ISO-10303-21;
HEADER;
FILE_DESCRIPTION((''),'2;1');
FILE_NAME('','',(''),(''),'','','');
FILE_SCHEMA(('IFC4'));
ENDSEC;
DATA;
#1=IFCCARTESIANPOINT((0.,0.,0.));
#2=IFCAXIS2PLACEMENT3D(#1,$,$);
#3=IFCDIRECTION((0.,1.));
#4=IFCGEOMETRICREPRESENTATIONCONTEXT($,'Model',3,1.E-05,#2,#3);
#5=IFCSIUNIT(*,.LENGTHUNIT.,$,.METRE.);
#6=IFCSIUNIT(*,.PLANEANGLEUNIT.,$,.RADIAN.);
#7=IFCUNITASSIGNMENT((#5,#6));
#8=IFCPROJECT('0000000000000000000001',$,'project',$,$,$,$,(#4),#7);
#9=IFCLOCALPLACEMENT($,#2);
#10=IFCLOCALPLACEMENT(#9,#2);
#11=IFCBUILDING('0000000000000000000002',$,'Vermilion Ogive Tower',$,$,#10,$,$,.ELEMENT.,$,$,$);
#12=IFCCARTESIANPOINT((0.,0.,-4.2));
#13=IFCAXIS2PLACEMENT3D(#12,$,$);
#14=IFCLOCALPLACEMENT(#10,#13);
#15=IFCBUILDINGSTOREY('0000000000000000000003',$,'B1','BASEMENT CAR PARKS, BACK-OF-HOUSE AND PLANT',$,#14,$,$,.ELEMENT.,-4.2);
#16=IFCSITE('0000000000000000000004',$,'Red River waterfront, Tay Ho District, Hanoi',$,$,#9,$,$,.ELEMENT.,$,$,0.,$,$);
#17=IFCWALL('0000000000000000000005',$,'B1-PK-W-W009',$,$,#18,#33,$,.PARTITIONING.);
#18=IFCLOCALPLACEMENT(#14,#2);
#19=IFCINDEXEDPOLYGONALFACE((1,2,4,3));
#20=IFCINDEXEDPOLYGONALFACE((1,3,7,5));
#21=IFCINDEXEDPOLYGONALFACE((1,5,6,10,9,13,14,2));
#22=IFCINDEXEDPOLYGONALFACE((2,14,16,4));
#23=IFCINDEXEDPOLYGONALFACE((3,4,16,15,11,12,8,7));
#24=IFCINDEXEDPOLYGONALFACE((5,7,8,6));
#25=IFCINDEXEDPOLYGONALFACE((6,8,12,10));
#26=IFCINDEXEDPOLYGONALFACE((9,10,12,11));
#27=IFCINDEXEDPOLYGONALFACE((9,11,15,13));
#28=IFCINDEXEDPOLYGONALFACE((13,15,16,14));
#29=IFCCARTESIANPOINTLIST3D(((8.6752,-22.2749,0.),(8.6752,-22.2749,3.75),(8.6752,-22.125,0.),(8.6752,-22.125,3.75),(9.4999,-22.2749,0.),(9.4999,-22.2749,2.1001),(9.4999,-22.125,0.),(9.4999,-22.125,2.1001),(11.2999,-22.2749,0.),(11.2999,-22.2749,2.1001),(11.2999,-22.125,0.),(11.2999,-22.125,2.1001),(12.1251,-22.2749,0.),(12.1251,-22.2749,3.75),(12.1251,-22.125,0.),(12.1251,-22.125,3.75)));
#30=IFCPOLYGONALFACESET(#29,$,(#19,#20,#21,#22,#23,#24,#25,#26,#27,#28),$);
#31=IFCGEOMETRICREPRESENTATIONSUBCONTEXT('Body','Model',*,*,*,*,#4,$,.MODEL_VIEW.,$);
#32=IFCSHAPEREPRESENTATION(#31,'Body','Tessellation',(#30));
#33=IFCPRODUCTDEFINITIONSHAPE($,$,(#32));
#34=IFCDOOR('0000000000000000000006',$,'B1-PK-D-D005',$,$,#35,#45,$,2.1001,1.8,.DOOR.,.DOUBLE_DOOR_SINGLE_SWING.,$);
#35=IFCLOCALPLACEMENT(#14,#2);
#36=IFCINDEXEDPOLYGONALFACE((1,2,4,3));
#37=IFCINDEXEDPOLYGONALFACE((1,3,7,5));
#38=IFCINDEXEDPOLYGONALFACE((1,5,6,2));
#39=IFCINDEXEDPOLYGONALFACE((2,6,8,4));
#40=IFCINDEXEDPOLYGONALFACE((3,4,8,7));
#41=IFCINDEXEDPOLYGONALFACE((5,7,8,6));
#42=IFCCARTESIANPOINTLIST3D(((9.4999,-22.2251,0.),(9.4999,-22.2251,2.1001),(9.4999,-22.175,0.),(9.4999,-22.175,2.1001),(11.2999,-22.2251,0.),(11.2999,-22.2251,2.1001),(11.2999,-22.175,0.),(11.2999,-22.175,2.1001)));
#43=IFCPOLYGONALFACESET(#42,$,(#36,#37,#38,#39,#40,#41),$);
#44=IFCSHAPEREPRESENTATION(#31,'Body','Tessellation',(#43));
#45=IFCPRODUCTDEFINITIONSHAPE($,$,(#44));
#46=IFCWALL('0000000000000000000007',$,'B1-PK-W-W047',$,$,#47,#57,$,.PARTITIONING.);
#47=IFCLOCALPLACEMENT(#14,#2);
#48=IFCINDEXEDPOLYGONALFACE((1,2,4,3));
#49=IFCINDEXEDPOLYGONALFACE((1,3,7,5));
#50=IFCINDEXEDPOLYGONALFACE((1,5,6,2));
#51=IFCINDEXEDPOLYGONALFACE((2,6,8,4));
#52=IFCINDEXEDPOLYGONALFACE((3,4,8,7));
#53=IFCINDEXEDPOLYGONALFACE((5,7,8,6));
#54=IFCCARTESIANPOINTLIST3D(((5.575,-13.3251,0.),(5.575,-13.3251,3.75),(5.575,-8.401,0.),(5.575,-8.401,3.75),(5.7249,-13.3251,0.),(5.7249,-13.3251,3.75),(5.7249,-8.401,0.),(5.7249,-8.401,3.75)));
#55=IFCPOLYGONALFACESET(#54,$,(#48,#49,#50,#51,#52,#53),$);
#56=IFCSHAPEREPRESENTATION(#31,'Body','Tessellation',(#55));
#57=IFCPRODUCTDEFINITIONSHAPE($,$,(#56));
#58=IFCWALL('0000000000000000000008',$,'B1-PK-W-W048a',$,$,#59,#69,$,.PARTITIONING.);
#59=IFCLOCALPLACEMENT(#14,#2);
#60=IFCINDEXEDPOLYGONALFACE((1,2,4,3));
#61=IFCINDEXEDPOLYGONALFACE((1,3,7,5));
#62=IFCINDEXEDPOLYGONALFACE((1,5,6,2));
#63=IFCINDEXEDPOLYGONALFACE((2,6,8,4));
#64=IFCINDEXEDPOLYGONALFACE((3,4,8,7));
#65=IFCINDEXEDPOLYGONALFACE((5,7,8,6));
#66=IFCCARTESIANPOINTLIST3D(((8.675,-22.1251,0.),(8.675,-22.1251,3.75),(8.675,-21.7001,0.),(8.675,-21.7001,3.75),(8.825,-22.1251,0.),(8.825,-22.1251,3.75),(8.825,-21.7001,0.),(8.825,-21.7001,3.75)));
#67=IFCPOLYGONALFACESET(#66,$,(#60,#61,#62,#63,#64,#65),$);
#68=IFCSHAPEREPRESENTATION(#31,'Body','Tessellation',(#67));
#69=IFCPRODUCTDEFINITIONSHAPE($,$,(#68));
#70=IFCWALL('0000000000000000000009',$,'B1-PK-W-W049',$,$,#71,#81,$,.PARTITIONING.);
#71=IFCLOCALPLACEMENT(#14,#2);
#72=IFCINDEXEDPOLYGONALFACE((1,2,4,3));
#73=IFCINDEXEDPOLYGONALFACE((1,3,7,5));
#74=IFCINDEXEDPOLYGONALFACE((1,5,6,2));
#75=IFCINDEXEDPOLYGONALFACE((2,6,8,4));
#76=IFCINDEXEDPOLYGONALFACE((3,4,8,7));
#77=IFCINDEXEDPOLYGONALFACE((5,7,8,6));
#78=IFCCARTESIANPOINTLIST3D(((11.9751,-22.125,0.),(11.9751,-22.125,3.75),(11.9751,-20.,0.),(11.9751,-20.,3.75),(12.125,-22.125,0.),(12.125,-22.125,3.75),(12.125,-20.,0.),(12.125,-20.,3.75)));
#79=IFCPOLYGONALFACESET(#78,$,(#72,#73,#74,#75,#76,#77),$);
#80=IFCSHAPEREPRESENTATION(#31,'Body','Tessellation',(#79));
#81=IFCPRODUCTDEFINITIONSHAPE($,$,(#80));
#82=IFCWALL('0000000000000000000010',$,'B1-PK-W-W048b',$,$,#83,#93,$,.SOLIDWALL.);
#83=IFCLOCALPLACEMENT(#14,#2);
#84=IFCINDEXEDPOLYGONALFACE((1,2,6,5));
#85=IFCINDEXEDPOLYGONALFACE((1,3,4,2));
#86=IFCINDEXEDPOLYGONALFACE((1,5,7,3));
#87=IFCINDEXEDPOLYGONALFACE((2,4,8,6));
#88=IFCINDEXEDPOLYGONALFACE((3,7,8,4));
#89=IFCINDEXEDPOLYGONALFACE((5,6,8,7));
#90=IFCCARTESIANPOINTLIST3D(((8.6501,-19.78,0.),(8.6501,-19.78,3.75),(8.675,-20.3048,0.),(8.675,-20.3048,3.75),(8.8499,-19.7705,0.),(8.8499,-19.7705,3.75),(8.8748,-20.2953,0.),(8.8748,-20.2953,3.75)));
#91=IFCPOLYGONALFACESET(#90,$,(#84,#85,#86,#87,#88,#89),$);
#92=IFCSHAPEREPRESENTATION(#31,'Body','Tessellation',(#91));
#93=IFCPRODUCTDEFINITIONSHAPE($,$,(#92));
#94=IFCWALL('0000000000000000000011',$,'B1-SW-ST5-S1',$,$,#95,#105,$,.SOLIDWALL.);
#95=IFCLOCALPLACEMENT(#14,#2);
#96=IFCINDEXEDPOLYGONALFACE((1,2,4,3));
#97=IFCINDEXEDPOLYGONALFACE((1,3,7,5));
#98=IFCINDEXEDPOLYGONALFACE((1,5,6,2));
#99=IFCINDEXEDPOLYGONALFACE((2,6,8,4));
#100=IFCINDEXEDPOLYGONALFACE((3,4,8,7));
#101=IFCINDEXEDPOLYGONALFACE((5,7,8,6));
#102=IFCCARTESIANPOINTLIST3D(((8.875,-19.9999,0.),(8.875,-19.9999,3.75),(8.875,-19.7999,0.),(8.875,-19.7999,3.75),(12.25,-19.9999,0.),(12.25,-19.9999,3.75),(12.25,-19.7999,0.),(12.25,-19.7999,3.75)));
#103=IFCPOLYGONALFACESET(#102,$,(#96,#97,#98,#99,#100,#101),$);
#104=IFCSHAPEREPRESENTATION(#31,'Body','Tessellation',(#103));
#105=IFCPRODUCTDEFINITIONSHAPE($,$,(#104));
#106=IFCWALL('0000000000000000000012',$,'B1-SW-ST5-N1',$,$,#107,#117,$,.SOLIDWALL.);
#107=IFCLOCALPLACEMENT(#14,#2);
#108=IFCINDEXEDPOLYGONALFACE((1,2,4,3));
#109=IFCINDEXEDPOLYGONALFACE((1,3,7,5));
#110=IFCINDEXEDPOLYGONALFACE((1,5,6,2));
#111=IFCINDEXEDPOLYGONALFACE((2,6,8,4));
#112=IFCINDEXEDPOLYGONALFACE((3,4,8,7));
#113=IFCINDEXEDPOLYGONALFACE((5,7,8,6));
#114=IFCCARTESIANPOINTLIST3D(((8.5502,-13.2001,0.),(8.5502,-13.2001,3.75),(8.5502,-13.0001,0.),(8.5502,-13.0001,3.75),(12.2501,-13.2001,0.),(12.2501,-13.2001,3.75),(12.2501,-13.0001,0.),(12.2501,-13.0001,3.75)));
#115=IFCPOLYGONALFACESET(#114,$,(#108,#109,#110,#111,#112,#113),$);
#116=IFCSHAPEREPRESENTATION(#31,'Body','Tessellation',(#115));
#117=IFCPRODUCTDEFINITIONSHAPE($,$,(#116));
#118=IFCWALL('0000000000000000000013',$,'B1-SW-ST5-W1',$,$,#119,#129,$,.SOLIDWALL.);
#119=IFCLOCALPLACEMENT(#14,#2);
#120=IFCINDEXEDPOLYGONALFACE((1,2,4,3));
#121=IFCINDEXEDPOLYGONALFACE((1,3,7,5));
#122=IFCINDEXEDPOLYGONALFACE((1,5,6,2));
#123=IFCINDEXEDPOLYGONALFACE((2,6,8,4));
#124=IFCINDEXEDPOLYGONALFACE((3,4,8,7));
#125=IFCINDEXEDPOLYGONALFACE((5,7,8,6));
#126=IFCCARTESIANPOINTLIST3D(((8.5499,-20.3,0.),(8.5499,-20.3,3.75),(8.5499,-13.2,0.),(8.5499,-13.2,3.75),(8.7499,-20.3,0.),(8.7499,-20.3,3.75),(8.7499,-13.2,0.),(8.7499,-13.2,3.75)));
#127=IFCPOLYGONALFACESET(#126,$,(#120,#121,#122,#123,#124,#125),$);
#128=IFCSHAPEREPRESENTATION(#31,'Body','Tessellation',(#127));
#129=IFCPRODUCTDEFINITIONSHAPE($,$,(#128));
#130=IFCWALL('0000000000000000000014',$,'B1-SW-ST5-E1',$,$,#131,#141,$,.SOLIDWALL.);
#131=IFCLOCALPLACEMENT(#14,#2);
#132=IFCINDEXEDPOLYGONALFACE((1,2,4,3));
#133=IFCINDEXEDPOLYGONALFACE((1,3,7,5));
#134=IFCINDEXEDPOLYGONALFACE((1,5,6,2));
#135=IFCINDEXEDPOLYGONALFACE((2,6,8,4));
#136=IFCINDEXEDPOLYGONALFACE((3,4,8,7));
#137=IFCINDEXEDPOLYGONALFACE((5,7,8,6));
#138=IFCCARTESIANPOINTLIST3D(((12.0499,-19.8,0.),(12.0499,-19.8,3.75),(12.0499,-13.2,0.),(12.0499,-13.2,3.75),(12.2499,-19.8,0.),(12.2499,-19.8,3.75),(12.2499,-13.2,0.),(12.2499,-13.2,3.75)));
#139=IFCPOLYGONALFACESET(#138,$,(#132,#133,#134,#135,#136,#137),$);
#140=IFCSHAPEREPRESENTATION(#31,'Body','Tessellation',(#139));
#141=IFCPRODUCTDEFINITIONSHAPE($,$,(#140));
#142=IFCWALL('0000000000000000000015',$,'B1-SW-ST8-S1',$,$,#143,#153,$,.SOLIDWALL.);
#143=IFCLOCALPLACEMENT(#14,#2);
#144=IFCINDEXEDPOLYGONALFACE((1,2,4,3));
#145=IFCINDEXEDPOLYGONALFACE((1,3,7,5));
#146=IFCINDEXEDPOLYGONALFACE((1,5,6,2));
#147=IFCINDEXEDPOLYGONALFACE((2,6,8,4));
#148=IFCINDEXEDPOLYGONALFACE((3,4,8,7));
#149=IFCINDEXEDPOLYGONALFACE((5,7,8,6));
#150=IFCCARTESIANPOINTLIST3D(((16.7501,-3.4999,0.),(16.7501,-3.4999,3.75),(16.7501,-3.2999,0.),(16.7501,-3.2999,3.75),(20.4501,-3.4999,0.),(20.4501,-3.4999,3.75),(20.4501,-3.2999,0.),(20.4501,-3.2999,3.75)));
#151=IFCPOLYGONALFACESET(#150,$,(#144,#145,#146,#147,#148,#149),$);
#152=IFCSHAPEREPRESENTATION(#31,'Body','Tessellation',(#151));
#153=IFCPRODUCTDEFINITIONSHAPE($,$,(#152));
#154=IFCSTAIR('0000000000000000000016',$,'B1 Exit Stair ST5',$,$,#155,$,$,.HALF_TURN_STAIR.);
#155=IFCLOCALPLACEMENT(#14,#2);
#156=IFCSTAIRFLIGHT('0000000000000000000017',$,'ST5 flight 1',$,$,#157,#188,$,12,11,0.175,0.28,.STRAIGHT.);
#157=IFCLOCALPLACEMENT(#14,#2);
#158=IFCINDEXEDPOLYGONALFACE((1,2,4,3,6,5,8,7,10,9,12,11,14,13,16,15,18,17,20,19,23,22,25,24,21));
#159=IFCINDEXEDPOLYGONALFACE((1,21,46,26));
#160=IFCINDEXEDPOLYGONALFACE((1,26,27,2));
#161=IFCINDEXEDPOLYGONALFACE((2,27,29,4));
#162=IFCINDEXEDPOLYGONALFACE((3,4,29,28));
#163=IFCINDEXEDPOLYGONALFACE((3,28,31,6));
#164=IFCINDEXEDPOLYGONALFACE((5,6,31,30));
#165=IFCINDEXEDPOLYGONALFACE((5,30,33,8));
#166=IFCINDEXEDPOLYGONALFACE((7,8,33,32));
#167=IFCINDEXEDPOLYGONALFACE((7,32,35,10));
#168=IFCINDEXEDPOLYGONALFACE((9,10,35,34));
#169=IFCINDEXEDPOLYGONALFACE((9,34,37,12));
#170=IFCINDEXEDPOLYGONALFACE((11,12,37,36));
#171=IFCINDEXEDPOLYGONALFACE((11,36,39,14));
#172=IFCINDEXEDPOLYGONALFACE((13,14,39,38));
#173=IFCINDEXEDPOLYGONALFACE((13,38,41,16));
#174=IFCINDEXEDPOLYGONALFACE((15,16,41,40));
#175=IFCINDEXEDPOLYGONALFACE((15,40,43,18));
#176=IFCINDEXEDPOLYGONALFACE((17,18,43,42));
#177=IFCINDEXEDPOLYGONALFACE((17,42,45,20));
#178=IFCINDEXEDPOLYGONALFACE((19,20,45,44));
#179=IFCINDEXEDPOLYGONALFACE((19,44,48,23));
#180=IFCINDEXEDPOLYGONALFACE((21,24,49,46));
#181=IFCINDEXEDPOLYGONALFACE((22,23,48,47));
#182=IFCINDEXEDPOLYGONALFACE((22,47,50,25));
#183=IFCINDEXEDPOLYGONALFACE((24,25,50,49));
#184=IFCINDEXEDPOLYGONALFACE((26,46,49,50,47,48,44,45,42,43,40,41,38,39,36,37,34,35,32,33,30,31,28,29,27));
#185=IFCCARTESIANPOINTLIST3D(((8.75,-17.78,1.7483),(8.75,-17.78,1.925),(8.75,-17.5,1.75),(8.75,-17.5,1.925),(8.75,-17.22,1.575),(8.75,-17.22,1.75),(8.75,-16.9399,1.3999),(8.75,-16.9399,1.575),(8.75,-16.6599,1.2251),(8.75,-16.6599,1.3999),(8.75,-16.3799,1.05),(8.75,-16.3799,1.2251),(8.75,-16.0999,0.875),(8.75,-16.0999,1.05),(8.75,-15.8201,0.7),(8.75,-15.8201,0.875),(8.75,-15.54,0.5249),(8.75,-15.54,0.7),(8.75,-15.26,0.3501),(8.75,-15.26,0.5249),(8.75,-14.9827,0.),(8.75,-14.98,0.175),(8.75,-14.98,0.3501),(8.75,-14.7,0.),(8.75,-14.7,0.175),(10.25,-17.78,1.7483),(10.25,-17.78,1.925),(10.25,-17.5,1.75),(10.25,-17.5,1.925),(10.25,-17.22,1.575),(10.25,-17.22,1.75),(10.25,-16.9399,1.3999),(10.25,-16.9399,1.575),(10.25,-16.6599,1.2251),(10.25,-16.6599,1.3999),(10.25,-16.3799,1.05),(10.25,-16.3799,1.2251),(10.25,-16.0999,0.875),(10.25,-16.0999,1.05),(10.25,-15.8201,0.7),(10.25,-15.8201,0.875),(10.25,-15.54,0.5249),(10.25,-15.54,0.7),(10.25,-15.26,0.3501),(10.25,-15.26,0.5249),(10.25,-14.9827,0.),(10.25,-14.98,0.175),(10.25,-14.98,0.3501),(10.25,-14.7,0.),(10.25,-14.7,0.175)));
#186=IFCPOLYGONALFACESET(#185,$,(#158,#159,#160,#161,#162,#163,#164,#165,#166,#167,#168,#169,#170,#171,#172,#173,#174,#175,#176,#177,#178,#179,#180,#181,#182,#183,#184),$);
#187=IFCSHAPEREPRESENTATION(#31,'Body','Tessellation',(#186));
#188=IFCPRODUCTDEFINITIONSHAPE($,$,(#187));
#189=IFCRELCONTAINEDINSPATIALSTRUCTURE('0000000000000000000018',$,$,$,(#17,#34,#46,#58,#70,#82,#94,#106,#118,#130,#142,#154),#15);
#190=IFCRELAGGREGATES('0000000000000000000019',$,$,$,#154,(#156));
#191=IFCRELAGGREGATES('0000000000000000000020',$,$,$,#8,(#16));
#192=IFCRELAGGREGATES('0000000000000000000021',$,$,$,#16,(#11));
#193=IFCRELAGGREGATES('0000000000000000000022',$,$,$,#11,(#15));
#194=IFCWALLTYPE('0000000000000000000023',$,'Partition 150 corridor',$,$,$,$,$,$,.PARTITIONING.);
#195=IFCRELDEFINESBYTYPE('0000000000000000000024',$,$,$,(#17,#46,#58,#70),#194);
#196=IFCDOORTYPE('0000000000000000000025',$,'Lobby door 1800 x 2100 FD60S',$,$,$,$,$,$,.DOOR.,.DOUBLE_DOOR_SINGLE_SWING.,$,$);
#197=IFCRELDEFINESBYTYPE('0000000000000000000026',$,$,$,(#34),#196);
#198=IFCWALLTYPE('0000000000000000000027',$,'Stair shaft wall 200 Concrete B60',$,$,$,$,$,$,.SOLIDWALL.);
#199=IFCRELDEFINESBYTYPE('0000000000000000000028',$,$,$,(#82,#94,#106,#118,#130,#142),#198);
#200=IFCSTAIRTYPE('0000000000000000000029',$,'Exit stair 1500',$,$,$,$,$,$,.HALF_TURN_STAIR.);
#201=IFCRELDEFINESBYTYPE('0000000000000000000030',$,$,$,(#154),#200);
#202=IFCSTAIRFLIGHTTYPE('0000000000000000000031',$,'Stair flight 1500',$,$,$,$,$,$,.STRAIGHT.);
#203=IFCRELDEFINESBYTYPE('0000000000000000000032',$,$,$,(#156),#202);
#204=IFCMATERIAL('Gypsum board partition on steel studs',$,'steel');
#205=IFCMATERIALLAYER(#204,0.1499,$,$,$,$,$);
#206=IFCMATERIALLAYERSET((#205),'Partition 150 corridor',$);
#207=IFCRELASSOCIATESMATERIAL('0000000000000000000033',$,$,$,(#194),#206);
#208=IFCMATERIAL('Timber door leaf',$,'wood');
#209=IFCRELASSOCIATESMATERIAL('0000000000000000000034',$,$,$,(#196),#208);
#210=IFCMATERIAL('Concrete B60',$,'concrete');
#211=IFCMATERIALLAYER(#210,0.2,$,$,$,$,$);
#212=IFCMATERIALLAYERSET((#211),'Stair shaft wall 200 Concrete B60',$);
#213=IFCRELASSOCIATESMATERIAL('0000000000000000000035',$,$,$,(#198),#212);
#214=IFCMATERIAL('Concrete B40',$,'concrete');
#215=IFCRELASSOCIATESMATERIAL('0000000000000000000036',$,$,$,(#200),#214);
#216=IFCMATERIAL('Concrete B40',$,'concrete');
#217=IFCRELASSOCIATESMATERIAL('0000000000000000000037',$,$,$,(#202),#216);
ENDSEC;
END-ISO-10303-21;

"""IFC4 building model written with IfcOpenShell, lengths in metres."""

from ifc_helpers import new_model, si_unit, direction, frame, frame_2d, origin, place, context, subcontext, project, spatial, polyline, rectangle, outline, extrude, material, layer, layer_set, type_object, element, fill, aggregate, save


model = new_model("IFC4")

# Units and contexts
model_context = context("Model", 3, precision=1e-05, world=origin(), true_north=direction((0.0, 1.0)))
body_context = subcontext(model_context, "Body", "Model", "MODEL_VIEW")
ifc_project = project(units=[si_unit("LENGTHUNIT", "METRE"), si_unit("PLANEANGLEUNIT", "RADIAN")], contexts=[model_context])

# Site, building, storey
site_placement = place(None, origin())
site = spatial("IfcSite", under=ifc_project, at=site_placement, Name="Red River waterfront, Tay Ho District, Hanoi", CompositionType="ELEMENT", RefElevation=0.0)
building_placement = place(site_placement, origin())
building = spatial("IfcBuilding", under=site, at=building_placement, Name="Vermilion Ogive Tower", CompositionType="ELEMENT")
storey_placement = place(building_placement, frame((0.0, 0.0, -4.2)))
storey = spatial("IfcBuildingStorey", under=building, at=storey_placement, Name="B1", Description="BASEMENT CAR PARKS, BACK-OF-HOUSE AND PLANT", CompositionType="ELEMENT", Elevation=-4.2)

# Wall, opening, door
ifc_material_1 = material(Name="Gypsum board partition on steel studs", Category="steel")
ifc_layer_1 = layer(ifc_material_1, 0.1499)
ifc_layer_set_1 = layer_set([ifc_layer_1], Name="Partition 150 corridor")
wall_type_1 = type_object("IfcWallType", Name="Partition 150 corridor", PredefinedType="PARTITIONING", material=ifc_layer_set_1)
wall_1_placement = place(storey_placement, frame((8.675, -22.2, 0.0), z_axis=(0.0, 0.0, 1.0), x_axis=(1.0, 0.0, 0.0)))
wall_1 = element("IfcWall", 1, at=wall_1_placement, inside=storey, type_object=wall_type_1, Name="B1-PK-W-W009", PredefinedType="PARTITIONING", context=body_context, shape_type="SweptSolid", body=[
    extrude(rectangle(XDim=3.45, YDim=0.1499, at=frame_2d((1.7251, 0.0))), origin(), (0.0, 0.0, 1.0), 3.75),
])
opening_1_placement = place(wall_1_placement, frame((0.825, 0.0, 0.0)))
opening_1 = element("IfcOpeningElement", 2, at=opening_1_placement, cuts=wall_1, PredefinedType="OPENING", context=body_context, shape_type="SweptSolid", body=[
    extrude(rectangle(XDim=1.8, YDim=2.1001, at=frame_2d((0.8999, 1.05))), frame((0.0, 0.085, 0.0), z_axis=(0.0, -1.0, 0.0), x_axis=(1.0, 0.0, 0.0)), (0.0, 0.0, 1.0), 0.1699),
])
ifc_material_2 = material(Name="Timber door leaf", Category="wood")
door_type_1 = type_object("IfcDoorType", Name="Lobby door 1800 x 2100 FD60S", OperationType="DOUBLE_DOOR_SINGLE_SWING", PredefinedType="DOOR", material=ifc_material_2)
door_1_placement = place(opening_1_placement, origin())
door_1 = element("IfcDoor", 3, at=door_1_placement, inside=storey, type_object=door_type_1, Name="B1-PK-D-D005", OperationType="DOUBLE_DOOR_SINGLE_SWING", OverallHeight=2.1001, OverallWidth=1.8, PredefinedType="DOOR", context=body_context, shape_type="SweptSolid", body=[
    extrude(rectangle(XDim=1.8, YDim=2.1001, at=frame_2d((0.8999, 1.05))), frame((0.0, 0.0249, 0.0), z_axis=(0.0, -1.0, 0.0), x_axis=(1.0, 0.0, 0.0)), (0.0, 0.0, 1.0), 0.05),
])
fill(opening_1, door_1)

# Walls
wall_2_placement = place(storey_placement, frame((5.6499, -13.325, 0.0), z_axis=(0.0, 0.0, 1.0), x_axis=(0.0, 1.0, 0.0)))
element("IfcWall", 4, at=wall_2_placement, inside=storey, type_object=wall_type_1, Name="B1-PK-W-W047", PredefinedType="PARTITIONING", context=body_context, shape_type="SweptSolid", body=[
    extrude(rectangle(XDim=4.9241, YDim=0.1499, at=frame_2d((2.4619, 0.0))), origin(), (0.0, 0.0, 1.0), 3.75),
])
wall_3_placement = place(storey_placement, frame((8.75, -22.125, 0.0), z_axis=(0.0, 0.0, 1.0), x_axis=(0.0, 1.0, 0.0)))
element("IfcWall", 5, at=wall_3_placement, inside=storey, type_object=wall_type_1, Name="B1-PK-W-W048a", PredefinedType="PARTITIONING", context=body_context, shape_type="SweptSolid", body=[
    extrude(rectangle(XDim=0.425, YDim=0.1499, at=frame_2d((0.2124, 0.0))), origin(), (0.0, 0.0, 1.0), 3.75),
])
wall_4_placement = place(storey_placement, frame((12.05, -22.125, 0.0), z_axis=(0.0, 0.0, 1.0), x_axis=(0.0, 1.0, 0.0)))
element("IfcWall", 6, at=wall_4_placement, inside=storey, type_object=wall_type_1, Name="B1-PK-W-W049", PredefinedType="PARTITIONING", context=body_context, shape_type="SweptSolid", body=[
    extrude(rectangle(XDim=2.125, YDim=0.1499, at=frame_2d((1.0625, 0.0))), origin(), (0.0, 0.0, 1.0), 3.75),
])
ifc_material_3 = material(Name="Concrete B60", Category="concrete")
ifc_layer_2 = layer(ifc_material_3, 0.2)
ifc_layer_set_2 = layer_set([ifc_layer_2], Name="Stair shaft wall 200 Concrete B60")
wall_type_2 = type_object("IfcWallType", Name="Stair shaft wall 200 Concrete B60", PredefinedType="SOLIDWALL", material=ifc_layer_set_2)
wall_5_placement = place(storey_placement, frame((8.7749, -20.3, 0.0), z_axis=(0.0, 0.0, 1.0), x_axis=(-0.047389, 0.998877, 0.0)))
element("IfcWall", 7, at=wall_5_placement, inside=storey, type_object=wall_type_2, Name="B1-PK-W-W048b", PredefinedType="SOLIDWALL", context=body_context, shape_type="SweptSolid", body=[
    extrude(rectangle(XDim=0.5254, YDim=0.2, at=frame_2d((0.2627, 0.0))), origin(), (0.0, 0.0, 1.0), 3.75),
])
wall_6_placement = place(storey_placement, frame((8.875, -19.8999, 0.0), z_axis=(0.0, 0.0, 1.0), x_axis=(1.0, 0.0, 0.0)))
element("IfcWall", 8, at=wall_6_placement, inside=storey, type_object=wall_type_2, Name="B1-SW-ST5-S1", PredefinedType="SOLIDWALL", context=body_context, shape_type="SweptSolid", body=[
    extrude(rectangle(XDim=3.375, YDim=0.2, at=frame_2d((1.6875, 0.0))), origin(), (0.0, 0.0, 1.0), 3.75),
])
wall_7_placement = place(storey_placement, frame((8.55, -13.1001, 0.0), z_axis=(0.0, 0.0, 1.0), x_axis=(1.0, 0.0, 0.0)))
element("IfcWall", 9, at=wall_7_placement, inside=storey, type_object=wall_type_2, Name="B1-SW-ST5-N1", PredefinedType="SOLIDWALL", context=body_context, shape_type="SweptSolid", body=[
    extrude(rectangle(XDim=3.7, YDim=0.2, at=frame_2d((1.8501, 0.0))), origin(), (0.0, 0.0, 1.0), 3.75),
])
wall_8_placement = place(storey_placement, frame((8.6499, -20.3, 0.0), z_axis=(0.0, 0.0, 1.0), x_axis=(0.0, 1.0, 0.0)))
element("IfcWall", 10, at=wall_8_placement, inside=storey, type_object=wall_type_2, Name="B1-SW-ST5-W1", PredefinedType="SOLIDWALL", context=body_context, shape_type="SweptSolid", body=[
    extrude(rectangle(XDim=7.1001, YDim=0.2, at=frame_2d((3.55, 0.0))), origin(), (0.0, 0.0, 1.0), 3.75),
])
wall_9_placement = place(storey_placement, frame((12.1499, -19.8, 0.0), z_axis=(0.0, 0.0, 1.0), x_axis=(0.0, 1.0, 0.0)))
element("IfcWall", 11, at=wall_9_placement, inside=storey, type_object=wall_type_2, Name="B1-SW-ST5-E1", PredefinedType="SOLIDWALL", context=body_context, shape_type="SweptSolid", body=[
    extrude(rectangle(XDim=6.6001, YDim=0.2, at=frame_2d((3.3, 0.0))), origin(), (0.0, 0.0, 1.0), 3.75),
])
wall_10_placement = place(storey_placement, frame((16.75, -3.3999, 0.0), z_axis=(0.0, 0.0, 1.0), x_axis=(1.0, 0.0, 0.0)))
element("IfcWall", 12, at=wall_10_placement, inside=storey, type_object=wall_type_2, Name="B1-SW-ST8-S1", PredefinedType="SOLIDWALL", context=body_context, shape_type="SweptSolid", body=[
    extrude(rectangle(XDim=3.7, YDim=0.2, at=frame_2d((1.8501, 0.0))), origin(), (0.0, 0.0, 1.0), 3.75),
])

# Stair, stair flight
ifc_material_4 = material(Name="Concrete B40", Category="concrete")
stair_type = type_object("IfcStairType", Name="Exit stair 1500", PredefinedType="HALF_TURN_STAIR", material=ifc_material_4)
stair_placement = place(storey_placement, origin())
stair = element("IfcStair", 13, at=stair_placement, inside=storey, type_object=stair_type, Name="B1 Exit Stair ST5", PredefinedType="HALF_TURN_STAIR")
ifc_material_5 = material(Name="Concrete B40", Category="concrete")
stair_flight_type = type_object("IfcStairFlightType", Name="Stair flight 1500", PredefinedType="STRAIGHT", material=ifc_material_5)
stair_flight_1_placement = place(storey_placement, frame((9.5, -14.7, 0.0), z_axis=(0.0, 0.0, 1.0), x_axis=(0.0, -1.0, 0.0)))
stair_flight_1 = element("IfcStairFlight", 14, at=stair_flight_1_placement, type_object=stair_flight_type, Name="ST5 flight 1", NumberOfRisers=12, NumberOfTreads=11, PredefinedType="STRAIGHT", RiserHeight=0.175, TreadLength=0.28, context=body_context, shape_type="SweptSolid", body=[
    extrude(outline(polyline([(0.0, 0.0), (0.0, 0.175), (0.28, 0.175), (0.28, 0.3501), (0.5601, 0.3501), (0.5601, 0.5249), (0.8401, 0.5249), (0.8401, 0.7), (1.1201, 0.7), (1.1201, 0.875), (1.3999, 0.875), (1.3999, 1.05), (1.6799, 1.05), (1.6799, 1.2251), (1.96, 1.2251), (1.96, 1.3999), (2.24, 1.3999), (2.24, 1.575), (2.52, 1.575), (2.52, 1.75), (2.8, 1.75), (2.8, 1.925), (3.0801, 1.925), (3.0801, 2.1001), (3.0801, 1.7483), (0.2827, 0.0), (0.0, 0.0)])), frame((0.0, 0.75, 0.0), z_axis=(0.0, -1.0, 0.0), x_axis=(1.0, 0.0, 0.0)), (0.0, 0.0, 1.0), 1.5),
])
aggregate(stair, [stair_flight_1])

save(model, "model.ifc")
